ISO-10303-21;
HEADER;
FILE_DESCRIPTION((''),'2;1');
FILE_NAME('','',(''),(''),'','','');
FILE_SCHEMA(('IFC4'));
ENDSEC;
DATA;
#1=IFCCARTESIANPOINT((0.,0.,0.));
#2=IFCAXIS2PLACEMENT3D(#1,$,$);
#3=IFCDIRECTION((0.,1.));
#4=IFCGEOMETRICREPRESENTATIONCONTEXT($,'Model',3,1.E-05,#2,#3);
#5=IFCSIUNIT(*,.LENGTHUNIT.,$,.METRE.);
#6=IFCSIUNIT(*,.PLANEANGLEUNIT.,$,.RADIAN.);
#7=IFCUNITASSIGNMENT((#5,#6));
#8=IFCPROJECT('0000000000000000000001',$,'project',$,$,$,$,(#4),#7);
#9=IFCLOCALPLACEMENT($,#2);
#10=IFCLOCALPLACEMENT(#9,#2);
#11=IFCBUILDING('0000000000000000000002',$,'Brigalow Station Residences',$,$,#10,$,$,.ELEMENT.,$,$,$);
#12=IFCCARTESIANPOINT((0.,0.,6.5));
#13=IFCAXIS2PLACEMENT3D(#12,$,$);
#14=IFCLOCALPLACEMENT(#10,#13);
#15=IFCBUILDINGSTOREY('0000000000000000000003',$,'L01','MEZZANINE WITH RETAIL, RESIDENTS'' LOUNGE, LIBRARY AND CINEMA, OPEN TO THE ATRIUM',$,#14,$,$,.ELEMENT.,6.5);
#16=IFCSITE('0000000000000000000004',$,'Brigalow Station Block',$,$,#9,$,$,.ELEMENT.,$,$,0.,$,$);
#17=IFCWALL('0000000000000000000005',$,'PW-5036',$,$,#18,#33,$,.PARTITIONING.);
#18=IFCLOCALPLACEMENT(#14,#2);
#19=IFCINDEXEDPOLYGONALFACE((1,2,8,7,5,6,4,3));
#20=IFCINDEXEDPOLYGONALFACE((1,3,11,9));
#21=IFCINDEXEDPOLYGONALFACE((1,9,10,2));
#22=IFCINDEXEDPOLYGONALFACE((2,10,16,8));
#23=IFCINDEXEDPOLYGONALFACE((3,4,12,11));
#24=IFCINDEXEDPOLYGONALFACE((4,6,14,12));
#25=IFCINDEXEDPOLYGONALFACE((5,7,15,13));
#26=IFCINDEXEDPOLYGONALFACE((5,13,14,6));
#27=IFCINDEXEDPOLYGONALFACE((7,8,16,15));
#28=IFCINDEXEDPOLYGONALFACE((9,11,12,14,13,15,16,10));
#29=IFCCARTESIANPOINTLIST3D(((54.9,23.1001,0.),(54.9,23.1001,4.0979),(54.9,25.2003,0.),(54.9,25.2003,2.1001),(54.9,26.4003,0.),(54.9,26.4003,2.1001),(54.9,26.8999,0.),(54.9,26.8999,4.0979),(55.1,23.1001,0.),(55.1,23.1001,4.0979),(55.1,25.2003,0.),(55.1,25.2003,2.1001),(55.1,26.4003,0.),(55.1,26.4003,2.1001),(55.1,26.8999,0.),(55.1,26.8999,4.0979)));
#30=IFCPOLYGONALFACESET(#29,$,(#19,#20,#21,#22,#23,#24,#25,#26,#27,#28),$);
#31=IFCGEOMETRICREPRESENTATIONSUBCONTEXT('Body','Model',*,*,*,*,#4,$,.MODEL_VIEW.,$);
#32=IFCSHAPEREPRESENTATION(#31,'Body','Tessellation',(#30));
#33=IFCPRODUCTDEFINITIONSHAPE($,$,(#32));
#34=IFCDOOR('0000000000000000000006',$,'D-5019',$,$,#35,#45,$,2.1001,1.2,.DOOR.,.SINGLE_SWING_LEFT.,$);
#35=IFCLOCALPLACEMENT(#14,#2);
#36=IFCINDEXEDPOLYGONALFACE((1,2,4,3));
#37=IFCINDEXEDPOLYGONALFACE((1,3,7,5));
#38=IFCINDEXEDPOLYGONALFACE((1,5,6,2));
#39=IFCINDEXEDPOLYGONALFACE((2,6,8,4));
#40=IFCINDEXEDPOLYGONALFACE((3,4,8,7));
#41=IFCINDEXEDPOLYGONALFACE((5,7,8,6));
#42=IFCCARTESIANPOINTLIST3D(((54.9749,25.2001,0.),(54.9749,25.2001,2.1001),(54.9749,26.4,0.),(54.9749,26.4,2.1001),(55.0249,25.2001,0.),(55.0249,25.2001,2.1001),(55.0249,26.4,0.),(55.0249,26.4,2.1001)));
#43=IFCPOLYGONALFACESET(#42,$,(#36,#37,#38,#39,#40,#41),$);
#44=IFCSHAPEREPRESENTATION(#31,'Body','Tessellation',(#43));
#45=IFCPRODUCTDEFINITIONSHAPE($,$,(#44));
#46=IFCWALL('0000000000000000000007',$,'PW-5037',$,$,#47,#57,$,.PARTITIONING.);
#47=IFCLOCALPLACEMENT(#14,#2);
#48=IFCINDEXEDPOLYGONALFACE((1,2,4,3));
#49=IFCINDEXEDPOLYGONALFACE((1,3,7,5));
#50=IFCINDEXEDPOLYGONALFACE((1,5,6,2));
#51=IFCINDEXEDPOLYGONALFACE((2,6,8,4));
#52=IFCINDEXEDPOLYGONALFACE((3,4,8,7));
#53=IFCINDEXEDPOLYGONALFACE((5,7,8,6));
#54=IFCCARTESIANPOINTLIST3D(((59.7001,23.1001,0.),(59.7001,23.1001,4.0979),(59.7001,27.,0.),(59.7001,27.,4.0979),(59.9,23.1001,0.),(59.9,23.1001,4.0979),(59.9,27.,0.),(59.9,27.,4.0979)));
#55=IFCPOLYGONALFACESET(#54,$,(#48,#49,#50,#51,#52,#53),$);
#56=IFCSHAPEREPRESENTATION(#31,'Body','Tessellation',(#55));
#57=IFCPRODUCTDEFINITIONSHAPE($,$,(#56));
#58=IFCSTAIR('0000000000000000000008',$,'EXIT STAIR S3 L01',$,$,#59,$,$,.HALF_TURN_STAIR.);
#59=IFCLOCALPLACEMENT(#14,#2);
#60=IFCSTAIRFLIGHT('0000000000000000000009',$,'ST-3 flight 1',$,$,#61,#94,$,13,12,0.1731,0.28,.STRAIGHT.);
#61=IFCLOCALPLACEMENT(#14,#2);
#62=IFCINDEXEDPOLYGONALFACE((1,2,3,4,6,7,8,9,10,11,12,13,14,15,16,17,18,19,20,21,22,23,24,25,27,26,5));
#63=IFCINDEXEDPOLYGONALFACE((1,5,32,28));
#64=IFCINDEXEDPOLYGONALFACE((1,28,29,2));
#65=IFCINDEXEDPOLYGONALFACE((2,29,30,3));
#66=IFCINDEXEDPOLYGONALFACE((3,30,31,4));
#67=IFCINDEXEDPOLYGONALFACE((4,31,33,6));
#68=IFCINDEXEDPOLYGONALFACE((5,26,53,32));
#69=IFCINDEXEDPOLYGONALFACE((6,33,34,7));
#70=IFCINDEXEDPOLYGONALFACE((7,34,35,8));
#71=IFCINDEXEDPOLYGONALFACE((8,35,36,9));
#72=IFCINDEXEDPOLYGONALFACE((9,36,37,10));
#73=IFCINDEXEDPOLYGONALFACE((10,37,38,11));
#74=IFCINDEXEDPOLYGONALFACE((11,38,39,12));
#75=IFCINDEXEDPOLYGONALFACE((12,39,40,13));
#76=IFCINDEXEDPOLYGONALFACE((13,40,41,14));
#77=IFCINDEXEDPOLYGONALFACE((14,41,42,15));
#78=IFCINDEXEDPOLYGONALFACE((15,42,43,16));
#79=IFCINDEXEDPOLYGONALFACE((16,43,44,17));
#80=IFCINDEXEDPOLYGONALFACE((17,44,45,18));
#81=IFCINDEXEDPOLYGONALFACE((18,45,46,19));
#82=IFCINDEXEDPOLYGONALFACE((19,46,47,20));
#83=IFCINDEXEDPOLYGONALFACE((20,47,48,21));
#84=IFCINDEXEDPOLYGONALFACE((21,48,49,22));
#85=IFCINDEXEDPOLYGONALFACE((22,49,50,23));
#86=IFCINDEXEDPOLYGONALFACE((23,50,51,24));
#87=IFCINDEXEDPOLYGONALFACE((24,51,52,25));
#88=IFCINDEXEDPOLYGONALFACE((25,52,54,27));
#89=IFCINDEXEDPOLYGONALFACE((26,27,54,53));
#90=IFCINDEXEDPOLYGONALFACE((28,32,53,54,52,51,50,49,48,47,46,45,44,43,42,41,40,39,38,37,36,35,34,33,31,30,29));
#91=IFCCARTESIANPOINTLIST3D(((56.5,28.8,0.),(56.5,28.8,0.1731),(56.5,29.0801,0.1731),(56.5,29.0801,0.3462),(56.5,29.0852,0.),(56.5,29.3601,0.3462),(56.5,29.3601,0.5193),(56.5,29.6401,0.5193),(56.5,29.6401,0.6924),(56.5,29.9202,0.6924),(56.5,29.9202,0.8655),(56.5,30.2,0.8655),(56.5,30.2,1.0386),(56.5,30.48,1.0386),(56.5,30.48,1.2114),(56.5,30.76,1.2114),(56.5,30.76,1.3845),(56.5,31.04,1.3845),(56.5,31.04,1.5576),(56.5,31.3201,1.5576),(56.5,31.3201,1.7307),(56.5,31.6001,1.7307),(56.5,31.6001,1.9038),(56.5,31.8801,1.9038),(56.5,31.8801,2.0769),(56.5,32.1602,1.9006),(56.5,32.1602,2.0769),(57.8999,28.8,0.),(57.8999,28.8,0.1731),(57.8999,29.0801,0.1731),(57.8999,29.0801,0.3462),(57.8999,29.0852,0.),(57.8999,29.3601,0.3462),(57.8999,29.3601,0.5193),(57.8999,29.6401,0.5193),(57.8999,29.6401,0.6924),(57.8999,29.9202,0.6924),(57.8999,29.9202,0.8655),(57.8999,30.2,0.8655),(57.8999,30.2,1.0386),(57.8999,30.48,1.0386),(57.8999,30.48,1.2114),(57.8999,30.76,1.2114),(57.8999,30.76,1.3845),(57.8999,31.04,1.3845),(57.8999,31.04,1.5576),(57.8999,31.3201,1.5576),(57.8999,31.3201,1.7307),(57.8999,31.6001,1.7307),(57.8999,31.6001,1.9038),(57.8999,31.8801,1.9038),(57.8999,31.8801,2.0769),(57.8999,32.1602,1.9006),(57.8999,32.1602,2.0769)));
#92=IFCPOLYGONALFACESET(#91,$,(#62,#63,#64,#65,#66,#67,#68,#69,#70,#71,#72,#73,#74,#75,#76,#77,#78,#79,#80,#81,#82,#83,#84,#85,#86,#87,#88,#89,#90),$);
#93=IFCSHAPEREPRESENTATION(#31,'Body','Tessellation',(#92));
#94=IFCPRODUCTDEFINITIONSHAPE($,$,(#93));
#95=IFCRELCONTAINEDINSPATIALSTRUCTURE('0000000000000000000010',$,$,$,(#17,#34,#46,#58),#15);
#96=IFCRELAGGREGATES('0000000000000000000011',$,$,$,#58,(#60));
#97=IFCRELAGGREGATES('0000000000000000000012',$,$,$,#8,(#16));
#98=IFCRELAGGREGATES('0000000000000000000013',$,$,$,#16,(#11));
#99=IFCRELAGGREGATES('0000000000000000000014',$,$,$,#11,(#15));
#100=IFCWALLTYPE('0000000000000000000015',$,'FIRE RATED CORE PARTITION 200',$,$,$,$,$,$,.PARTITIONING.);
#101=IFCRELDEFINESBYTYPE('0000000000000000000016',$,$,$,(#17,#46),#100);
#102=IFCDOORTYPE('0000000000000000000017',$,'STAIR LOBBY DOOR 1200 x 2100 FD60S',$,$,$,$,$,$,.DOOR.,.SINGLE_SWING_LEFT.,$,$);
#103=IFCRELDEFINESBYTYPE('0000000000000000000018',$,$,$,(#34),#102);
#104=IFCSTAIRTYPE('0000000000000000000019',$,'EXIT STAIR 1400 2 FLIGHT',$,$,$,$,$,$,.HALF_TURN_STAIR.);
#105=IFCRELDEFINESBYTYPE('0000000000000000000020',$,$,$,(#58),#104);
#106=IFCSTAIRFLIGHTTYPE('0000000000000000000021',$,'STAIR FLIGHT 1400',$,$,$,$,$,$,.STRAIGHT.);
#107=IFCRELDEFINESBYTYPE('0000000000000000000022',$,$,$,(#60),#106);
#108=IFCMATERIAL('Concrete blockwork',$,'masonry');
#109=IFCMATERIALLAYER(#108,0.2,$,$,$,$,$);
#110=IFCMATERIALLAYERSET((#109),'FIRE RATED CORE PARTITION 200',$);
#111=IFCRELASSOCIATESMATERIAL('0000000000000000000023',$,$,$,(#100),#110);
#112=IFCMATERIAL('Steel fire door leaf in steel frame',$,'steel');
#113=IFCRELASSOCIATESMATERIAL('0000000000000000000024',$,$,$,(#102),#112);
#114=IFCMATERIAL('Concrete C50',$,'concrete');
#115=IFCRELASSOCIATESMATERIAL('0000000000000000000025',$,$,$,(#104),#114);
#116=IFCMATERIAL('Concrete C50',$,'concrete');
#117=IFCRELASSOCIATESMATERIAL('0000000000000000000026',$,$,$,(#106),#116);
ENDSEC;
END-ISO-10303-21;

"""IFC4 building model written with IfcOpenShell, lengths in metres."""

from ifc_helpers import new_model, si_unit, direction, frame, frame_2d, origin, place, context, subcontext, project, spatial, polyline, rectangle, outline, extrude, material, layer, layer_set, type_object, element, fill, aggregate, save


model = new_model("IFC4")

# Units and contexts
model_context = context("Model", 3, precision=1e-05, world=origin(), true_north=direction((0.0, 1.0)))
body_context = subcontext(model_context, "Body", "Model", "MODEL_VIEW")
ifc_project = project(units=[si_unit("LENGTHUNIT", "METRE"), si_unit("PLANEANGLEUNIT", "RADIAN")], contexts=[model_context])

# Site, building, storey
site_placement = place(None, origin())
site = spatial("IfcSite", under=ifc_project, at=site_placement, Name="Brigalow Station Block", CompositionType="ELEMENT", RefElevation=0.0)
building_placement = place(site_placement, origin())
building = spatial("IfcBuilding", under=site, at=building_placement, Name="Brigalow Station Residences", CompositionType="ELEMENT")
storey_placement = place(building_placement, frame((0.0, 0.0, 6.5)))
storey = spatial("IfcBuildingStorey", under=building, at=storey_placement, Name="L01", Description="MEZZANINE WITH RETAIL, RESIDENTS' LOUNGE, LIBRARY AND CINEMA, OPEN TO THE ATRIUM", CompositionType="ELEMENT", Elevation=6.5)

# Shared definitions
ifc_material_1 = material(Name="Concrete blockwork", Category="masonry")
ifc_layer_1 = layer(ifc_material_1, 0.2)
ifc_layer_set_1 = layer_set([ifc_layer_1], Name="FIRE RATED CORE PARTITION 200")
wall_type_1 = type_object("IfcWallType", Name="FIRE RATED CORE PARTITION 200", PredefinedType="PARTITIONING", material=ifc_layer_set_1)

# Wall, opening, door
wall_1_placement = place(storey_placement, frame((55.0, 23.1001, 0.0), z_axis=(0.0, 0.0, 1.0), x_axis=(0.0, 1.0, 0.0)))
wall_1 = element("IfcWall", 1, at=wall_1_placement, inside=storey, type_object=wall_type_1, Name="PW-5036", PredefinedType="PARTITIONING", context=body_context, shape_type="SweptSolid", body=[
    extrude(rectangle(XDim=3.7998, YDim=0.2, at=frame_2d((1.8999, 0.0))), origin(), (0.0, 0.0, 1.0), 4.0979),
])
opening_1_placement = place(wall_1_placement, frame((2.1001, 0.0, 0.0)))
opening_1 = element("IfcOpeningElement", 2, at=opening_1_placement, cuts=wall_1, PredefinedType="OPENING", context=body_context, shape_type="SweptSolid", body=[
    extrude(rectangle(XDim=1.2, YDim=2.1001, at=frame_2d((0.6001, 1.05))), frame((0.0, 0.1099, 0.0), z_axis=(0.0, -1.0, 0.0), x_axis=(1.0, 0.0, 0.0)), (0.0, 0.0, 1.0), 0.22),
])
ifc_material_2 = material(Name="Steel fire door leaf in steel frame", Category="steel")
door_type_1 = type_object("IfcDoorType", Name="STAIR LOBBY DOOR 1200 x 2100 FD60S", OperationType="SINGLE_SWING_LEFT", PredefinedType="DOOR", material=ifc_material_2)
door_1_placement = place(opening_1_placement, frame((1.2, 0.0, 0.0), z_axis=(0.0, 0.0, 1.0), x_axis=(-1.0, 0.0, 0.0)))
door_1 = element("IfcDoor", 3, at=door_1_placement, inside=storey, type_object=door_type_1, Name="D-5019", OperationType="SINGLE_SWING_LEFT", OverallHeight=2.1001, OverallWidth=1.2, PredefinedType="DOOR", context=body_context, shape_type="SweptSolid", body=[
    extrude(rectangle(XDim=1.2, YDim=2.1001, at=frame_2d((0.6001, 1.05))), frame((0.0, 0.0249, 0.0), z_axis=(0.0, -1.0, 0.0), x_axis=(1.0, 0.0, 0.0)), (0.0, 0.0, 1.0), 0.05),
])
fill(opening_1, door_1)

# Wall
wall_2_placement = place(storey_placement, frame((59.8, 23.1001, 0.0), z_axis=(0.0, 0.0, 1.0), x_axis=(0.0, 1.0, 0.0)))
element("IfcWall", 4, at=wall_2_placement, inside=storey, type_object=wall_type_1, Name="PW-5037", PredefinedType="PARTITIONING", context=body_context, shape_type="SweptSolid", body=[
    extrude(rectangle(XDim=3.8999, YDim=0.2, at=frame_2d((1.95, 0.0))), origin(), (0.0, 0.0, 1.0), 4.0979),
])

# Stair, stair flight
ifc_material_3 = material(Name="Concrete C50", Category="concrete")
stair_type = type_object("IfcStairType", Name="EXIT STAIR 1400 2 FLIGHT", PredefinedType="HALF_TURN_STAIR", material=ifc_material_3)
stair_placement = place(storey_placement, origin())
stair = element("IfcStair", 5, at=stair_placement, inside=storey, type_object=stair_type, Name="EXIT STAIR S3 L01", PredefinedType="HALF_TURN_STAIR")
ifc_material_4 = material(Name="Concrete C50", Category="concrete")
stair_flight_type = type_object("IfcStairFlightType", Name="STAIR FLIGHT 1400", PredefinedType="STRAIGHT", material=ifc_material_4)
stair_flight_placement = place(storey_placement, frame((57.2, 28.8, 0.0), z_axis=(0.0, 0.0, 1.0), x_axis=(0.0, 1.0, 0.0)))
stair_flight = element("IfcStairFlight", 6, at=stair_flight_placement, type_object=stair_flight_type, Name="ST-3 flight 1", NumberOfRisers=13, NumberOfTreads=12, PredefinedType="STRAIGHT", RiserHeight=0.1731, TreadLength=0.28, context=body_context, shape_type="SweptSolid", body=[
    extrude(outline(polyline([(0.0, 0.0), (0.0, 0.1731), (0.28, 0.1731), (0.28, 0.3462), (0.5601, 0.3462), (0.5601, 0.5193), (0.8401, 0.5193), (0.8401, 0.6924), (1.1201, 0.6924), (1.1201, 0.8655), (1.3999, 0.8655), (1.3999, 1.0386), (1.6799, 1.0386), (1.6799, 1.2114), (1.96, 1.2114), (1.96, 1.3845), (2.24, 1.3845), (2.24, 1.5576), (2.52, 1.5576), (2.52, 1.7307), (2.8, 1.7307), (2.8, 1.9038), (3.0801, 1.9038), (3.0801, 2.0769), (3.3601, 2.0769), (3.3601, 2.25), (3.3601, 1.9006), (0.2852, 0.0), (0.0, 0.0)])), frame((0.0, 0.7, 0.0), z_axis=(0.0, -1.0, 0.0), x_axis=(1.0, 0.0, 0.0)), (0.0, 0.0, 1.0), 1.3999),
])
aggregate(stair, [stair_flight])

save(model, "model.ifc")
